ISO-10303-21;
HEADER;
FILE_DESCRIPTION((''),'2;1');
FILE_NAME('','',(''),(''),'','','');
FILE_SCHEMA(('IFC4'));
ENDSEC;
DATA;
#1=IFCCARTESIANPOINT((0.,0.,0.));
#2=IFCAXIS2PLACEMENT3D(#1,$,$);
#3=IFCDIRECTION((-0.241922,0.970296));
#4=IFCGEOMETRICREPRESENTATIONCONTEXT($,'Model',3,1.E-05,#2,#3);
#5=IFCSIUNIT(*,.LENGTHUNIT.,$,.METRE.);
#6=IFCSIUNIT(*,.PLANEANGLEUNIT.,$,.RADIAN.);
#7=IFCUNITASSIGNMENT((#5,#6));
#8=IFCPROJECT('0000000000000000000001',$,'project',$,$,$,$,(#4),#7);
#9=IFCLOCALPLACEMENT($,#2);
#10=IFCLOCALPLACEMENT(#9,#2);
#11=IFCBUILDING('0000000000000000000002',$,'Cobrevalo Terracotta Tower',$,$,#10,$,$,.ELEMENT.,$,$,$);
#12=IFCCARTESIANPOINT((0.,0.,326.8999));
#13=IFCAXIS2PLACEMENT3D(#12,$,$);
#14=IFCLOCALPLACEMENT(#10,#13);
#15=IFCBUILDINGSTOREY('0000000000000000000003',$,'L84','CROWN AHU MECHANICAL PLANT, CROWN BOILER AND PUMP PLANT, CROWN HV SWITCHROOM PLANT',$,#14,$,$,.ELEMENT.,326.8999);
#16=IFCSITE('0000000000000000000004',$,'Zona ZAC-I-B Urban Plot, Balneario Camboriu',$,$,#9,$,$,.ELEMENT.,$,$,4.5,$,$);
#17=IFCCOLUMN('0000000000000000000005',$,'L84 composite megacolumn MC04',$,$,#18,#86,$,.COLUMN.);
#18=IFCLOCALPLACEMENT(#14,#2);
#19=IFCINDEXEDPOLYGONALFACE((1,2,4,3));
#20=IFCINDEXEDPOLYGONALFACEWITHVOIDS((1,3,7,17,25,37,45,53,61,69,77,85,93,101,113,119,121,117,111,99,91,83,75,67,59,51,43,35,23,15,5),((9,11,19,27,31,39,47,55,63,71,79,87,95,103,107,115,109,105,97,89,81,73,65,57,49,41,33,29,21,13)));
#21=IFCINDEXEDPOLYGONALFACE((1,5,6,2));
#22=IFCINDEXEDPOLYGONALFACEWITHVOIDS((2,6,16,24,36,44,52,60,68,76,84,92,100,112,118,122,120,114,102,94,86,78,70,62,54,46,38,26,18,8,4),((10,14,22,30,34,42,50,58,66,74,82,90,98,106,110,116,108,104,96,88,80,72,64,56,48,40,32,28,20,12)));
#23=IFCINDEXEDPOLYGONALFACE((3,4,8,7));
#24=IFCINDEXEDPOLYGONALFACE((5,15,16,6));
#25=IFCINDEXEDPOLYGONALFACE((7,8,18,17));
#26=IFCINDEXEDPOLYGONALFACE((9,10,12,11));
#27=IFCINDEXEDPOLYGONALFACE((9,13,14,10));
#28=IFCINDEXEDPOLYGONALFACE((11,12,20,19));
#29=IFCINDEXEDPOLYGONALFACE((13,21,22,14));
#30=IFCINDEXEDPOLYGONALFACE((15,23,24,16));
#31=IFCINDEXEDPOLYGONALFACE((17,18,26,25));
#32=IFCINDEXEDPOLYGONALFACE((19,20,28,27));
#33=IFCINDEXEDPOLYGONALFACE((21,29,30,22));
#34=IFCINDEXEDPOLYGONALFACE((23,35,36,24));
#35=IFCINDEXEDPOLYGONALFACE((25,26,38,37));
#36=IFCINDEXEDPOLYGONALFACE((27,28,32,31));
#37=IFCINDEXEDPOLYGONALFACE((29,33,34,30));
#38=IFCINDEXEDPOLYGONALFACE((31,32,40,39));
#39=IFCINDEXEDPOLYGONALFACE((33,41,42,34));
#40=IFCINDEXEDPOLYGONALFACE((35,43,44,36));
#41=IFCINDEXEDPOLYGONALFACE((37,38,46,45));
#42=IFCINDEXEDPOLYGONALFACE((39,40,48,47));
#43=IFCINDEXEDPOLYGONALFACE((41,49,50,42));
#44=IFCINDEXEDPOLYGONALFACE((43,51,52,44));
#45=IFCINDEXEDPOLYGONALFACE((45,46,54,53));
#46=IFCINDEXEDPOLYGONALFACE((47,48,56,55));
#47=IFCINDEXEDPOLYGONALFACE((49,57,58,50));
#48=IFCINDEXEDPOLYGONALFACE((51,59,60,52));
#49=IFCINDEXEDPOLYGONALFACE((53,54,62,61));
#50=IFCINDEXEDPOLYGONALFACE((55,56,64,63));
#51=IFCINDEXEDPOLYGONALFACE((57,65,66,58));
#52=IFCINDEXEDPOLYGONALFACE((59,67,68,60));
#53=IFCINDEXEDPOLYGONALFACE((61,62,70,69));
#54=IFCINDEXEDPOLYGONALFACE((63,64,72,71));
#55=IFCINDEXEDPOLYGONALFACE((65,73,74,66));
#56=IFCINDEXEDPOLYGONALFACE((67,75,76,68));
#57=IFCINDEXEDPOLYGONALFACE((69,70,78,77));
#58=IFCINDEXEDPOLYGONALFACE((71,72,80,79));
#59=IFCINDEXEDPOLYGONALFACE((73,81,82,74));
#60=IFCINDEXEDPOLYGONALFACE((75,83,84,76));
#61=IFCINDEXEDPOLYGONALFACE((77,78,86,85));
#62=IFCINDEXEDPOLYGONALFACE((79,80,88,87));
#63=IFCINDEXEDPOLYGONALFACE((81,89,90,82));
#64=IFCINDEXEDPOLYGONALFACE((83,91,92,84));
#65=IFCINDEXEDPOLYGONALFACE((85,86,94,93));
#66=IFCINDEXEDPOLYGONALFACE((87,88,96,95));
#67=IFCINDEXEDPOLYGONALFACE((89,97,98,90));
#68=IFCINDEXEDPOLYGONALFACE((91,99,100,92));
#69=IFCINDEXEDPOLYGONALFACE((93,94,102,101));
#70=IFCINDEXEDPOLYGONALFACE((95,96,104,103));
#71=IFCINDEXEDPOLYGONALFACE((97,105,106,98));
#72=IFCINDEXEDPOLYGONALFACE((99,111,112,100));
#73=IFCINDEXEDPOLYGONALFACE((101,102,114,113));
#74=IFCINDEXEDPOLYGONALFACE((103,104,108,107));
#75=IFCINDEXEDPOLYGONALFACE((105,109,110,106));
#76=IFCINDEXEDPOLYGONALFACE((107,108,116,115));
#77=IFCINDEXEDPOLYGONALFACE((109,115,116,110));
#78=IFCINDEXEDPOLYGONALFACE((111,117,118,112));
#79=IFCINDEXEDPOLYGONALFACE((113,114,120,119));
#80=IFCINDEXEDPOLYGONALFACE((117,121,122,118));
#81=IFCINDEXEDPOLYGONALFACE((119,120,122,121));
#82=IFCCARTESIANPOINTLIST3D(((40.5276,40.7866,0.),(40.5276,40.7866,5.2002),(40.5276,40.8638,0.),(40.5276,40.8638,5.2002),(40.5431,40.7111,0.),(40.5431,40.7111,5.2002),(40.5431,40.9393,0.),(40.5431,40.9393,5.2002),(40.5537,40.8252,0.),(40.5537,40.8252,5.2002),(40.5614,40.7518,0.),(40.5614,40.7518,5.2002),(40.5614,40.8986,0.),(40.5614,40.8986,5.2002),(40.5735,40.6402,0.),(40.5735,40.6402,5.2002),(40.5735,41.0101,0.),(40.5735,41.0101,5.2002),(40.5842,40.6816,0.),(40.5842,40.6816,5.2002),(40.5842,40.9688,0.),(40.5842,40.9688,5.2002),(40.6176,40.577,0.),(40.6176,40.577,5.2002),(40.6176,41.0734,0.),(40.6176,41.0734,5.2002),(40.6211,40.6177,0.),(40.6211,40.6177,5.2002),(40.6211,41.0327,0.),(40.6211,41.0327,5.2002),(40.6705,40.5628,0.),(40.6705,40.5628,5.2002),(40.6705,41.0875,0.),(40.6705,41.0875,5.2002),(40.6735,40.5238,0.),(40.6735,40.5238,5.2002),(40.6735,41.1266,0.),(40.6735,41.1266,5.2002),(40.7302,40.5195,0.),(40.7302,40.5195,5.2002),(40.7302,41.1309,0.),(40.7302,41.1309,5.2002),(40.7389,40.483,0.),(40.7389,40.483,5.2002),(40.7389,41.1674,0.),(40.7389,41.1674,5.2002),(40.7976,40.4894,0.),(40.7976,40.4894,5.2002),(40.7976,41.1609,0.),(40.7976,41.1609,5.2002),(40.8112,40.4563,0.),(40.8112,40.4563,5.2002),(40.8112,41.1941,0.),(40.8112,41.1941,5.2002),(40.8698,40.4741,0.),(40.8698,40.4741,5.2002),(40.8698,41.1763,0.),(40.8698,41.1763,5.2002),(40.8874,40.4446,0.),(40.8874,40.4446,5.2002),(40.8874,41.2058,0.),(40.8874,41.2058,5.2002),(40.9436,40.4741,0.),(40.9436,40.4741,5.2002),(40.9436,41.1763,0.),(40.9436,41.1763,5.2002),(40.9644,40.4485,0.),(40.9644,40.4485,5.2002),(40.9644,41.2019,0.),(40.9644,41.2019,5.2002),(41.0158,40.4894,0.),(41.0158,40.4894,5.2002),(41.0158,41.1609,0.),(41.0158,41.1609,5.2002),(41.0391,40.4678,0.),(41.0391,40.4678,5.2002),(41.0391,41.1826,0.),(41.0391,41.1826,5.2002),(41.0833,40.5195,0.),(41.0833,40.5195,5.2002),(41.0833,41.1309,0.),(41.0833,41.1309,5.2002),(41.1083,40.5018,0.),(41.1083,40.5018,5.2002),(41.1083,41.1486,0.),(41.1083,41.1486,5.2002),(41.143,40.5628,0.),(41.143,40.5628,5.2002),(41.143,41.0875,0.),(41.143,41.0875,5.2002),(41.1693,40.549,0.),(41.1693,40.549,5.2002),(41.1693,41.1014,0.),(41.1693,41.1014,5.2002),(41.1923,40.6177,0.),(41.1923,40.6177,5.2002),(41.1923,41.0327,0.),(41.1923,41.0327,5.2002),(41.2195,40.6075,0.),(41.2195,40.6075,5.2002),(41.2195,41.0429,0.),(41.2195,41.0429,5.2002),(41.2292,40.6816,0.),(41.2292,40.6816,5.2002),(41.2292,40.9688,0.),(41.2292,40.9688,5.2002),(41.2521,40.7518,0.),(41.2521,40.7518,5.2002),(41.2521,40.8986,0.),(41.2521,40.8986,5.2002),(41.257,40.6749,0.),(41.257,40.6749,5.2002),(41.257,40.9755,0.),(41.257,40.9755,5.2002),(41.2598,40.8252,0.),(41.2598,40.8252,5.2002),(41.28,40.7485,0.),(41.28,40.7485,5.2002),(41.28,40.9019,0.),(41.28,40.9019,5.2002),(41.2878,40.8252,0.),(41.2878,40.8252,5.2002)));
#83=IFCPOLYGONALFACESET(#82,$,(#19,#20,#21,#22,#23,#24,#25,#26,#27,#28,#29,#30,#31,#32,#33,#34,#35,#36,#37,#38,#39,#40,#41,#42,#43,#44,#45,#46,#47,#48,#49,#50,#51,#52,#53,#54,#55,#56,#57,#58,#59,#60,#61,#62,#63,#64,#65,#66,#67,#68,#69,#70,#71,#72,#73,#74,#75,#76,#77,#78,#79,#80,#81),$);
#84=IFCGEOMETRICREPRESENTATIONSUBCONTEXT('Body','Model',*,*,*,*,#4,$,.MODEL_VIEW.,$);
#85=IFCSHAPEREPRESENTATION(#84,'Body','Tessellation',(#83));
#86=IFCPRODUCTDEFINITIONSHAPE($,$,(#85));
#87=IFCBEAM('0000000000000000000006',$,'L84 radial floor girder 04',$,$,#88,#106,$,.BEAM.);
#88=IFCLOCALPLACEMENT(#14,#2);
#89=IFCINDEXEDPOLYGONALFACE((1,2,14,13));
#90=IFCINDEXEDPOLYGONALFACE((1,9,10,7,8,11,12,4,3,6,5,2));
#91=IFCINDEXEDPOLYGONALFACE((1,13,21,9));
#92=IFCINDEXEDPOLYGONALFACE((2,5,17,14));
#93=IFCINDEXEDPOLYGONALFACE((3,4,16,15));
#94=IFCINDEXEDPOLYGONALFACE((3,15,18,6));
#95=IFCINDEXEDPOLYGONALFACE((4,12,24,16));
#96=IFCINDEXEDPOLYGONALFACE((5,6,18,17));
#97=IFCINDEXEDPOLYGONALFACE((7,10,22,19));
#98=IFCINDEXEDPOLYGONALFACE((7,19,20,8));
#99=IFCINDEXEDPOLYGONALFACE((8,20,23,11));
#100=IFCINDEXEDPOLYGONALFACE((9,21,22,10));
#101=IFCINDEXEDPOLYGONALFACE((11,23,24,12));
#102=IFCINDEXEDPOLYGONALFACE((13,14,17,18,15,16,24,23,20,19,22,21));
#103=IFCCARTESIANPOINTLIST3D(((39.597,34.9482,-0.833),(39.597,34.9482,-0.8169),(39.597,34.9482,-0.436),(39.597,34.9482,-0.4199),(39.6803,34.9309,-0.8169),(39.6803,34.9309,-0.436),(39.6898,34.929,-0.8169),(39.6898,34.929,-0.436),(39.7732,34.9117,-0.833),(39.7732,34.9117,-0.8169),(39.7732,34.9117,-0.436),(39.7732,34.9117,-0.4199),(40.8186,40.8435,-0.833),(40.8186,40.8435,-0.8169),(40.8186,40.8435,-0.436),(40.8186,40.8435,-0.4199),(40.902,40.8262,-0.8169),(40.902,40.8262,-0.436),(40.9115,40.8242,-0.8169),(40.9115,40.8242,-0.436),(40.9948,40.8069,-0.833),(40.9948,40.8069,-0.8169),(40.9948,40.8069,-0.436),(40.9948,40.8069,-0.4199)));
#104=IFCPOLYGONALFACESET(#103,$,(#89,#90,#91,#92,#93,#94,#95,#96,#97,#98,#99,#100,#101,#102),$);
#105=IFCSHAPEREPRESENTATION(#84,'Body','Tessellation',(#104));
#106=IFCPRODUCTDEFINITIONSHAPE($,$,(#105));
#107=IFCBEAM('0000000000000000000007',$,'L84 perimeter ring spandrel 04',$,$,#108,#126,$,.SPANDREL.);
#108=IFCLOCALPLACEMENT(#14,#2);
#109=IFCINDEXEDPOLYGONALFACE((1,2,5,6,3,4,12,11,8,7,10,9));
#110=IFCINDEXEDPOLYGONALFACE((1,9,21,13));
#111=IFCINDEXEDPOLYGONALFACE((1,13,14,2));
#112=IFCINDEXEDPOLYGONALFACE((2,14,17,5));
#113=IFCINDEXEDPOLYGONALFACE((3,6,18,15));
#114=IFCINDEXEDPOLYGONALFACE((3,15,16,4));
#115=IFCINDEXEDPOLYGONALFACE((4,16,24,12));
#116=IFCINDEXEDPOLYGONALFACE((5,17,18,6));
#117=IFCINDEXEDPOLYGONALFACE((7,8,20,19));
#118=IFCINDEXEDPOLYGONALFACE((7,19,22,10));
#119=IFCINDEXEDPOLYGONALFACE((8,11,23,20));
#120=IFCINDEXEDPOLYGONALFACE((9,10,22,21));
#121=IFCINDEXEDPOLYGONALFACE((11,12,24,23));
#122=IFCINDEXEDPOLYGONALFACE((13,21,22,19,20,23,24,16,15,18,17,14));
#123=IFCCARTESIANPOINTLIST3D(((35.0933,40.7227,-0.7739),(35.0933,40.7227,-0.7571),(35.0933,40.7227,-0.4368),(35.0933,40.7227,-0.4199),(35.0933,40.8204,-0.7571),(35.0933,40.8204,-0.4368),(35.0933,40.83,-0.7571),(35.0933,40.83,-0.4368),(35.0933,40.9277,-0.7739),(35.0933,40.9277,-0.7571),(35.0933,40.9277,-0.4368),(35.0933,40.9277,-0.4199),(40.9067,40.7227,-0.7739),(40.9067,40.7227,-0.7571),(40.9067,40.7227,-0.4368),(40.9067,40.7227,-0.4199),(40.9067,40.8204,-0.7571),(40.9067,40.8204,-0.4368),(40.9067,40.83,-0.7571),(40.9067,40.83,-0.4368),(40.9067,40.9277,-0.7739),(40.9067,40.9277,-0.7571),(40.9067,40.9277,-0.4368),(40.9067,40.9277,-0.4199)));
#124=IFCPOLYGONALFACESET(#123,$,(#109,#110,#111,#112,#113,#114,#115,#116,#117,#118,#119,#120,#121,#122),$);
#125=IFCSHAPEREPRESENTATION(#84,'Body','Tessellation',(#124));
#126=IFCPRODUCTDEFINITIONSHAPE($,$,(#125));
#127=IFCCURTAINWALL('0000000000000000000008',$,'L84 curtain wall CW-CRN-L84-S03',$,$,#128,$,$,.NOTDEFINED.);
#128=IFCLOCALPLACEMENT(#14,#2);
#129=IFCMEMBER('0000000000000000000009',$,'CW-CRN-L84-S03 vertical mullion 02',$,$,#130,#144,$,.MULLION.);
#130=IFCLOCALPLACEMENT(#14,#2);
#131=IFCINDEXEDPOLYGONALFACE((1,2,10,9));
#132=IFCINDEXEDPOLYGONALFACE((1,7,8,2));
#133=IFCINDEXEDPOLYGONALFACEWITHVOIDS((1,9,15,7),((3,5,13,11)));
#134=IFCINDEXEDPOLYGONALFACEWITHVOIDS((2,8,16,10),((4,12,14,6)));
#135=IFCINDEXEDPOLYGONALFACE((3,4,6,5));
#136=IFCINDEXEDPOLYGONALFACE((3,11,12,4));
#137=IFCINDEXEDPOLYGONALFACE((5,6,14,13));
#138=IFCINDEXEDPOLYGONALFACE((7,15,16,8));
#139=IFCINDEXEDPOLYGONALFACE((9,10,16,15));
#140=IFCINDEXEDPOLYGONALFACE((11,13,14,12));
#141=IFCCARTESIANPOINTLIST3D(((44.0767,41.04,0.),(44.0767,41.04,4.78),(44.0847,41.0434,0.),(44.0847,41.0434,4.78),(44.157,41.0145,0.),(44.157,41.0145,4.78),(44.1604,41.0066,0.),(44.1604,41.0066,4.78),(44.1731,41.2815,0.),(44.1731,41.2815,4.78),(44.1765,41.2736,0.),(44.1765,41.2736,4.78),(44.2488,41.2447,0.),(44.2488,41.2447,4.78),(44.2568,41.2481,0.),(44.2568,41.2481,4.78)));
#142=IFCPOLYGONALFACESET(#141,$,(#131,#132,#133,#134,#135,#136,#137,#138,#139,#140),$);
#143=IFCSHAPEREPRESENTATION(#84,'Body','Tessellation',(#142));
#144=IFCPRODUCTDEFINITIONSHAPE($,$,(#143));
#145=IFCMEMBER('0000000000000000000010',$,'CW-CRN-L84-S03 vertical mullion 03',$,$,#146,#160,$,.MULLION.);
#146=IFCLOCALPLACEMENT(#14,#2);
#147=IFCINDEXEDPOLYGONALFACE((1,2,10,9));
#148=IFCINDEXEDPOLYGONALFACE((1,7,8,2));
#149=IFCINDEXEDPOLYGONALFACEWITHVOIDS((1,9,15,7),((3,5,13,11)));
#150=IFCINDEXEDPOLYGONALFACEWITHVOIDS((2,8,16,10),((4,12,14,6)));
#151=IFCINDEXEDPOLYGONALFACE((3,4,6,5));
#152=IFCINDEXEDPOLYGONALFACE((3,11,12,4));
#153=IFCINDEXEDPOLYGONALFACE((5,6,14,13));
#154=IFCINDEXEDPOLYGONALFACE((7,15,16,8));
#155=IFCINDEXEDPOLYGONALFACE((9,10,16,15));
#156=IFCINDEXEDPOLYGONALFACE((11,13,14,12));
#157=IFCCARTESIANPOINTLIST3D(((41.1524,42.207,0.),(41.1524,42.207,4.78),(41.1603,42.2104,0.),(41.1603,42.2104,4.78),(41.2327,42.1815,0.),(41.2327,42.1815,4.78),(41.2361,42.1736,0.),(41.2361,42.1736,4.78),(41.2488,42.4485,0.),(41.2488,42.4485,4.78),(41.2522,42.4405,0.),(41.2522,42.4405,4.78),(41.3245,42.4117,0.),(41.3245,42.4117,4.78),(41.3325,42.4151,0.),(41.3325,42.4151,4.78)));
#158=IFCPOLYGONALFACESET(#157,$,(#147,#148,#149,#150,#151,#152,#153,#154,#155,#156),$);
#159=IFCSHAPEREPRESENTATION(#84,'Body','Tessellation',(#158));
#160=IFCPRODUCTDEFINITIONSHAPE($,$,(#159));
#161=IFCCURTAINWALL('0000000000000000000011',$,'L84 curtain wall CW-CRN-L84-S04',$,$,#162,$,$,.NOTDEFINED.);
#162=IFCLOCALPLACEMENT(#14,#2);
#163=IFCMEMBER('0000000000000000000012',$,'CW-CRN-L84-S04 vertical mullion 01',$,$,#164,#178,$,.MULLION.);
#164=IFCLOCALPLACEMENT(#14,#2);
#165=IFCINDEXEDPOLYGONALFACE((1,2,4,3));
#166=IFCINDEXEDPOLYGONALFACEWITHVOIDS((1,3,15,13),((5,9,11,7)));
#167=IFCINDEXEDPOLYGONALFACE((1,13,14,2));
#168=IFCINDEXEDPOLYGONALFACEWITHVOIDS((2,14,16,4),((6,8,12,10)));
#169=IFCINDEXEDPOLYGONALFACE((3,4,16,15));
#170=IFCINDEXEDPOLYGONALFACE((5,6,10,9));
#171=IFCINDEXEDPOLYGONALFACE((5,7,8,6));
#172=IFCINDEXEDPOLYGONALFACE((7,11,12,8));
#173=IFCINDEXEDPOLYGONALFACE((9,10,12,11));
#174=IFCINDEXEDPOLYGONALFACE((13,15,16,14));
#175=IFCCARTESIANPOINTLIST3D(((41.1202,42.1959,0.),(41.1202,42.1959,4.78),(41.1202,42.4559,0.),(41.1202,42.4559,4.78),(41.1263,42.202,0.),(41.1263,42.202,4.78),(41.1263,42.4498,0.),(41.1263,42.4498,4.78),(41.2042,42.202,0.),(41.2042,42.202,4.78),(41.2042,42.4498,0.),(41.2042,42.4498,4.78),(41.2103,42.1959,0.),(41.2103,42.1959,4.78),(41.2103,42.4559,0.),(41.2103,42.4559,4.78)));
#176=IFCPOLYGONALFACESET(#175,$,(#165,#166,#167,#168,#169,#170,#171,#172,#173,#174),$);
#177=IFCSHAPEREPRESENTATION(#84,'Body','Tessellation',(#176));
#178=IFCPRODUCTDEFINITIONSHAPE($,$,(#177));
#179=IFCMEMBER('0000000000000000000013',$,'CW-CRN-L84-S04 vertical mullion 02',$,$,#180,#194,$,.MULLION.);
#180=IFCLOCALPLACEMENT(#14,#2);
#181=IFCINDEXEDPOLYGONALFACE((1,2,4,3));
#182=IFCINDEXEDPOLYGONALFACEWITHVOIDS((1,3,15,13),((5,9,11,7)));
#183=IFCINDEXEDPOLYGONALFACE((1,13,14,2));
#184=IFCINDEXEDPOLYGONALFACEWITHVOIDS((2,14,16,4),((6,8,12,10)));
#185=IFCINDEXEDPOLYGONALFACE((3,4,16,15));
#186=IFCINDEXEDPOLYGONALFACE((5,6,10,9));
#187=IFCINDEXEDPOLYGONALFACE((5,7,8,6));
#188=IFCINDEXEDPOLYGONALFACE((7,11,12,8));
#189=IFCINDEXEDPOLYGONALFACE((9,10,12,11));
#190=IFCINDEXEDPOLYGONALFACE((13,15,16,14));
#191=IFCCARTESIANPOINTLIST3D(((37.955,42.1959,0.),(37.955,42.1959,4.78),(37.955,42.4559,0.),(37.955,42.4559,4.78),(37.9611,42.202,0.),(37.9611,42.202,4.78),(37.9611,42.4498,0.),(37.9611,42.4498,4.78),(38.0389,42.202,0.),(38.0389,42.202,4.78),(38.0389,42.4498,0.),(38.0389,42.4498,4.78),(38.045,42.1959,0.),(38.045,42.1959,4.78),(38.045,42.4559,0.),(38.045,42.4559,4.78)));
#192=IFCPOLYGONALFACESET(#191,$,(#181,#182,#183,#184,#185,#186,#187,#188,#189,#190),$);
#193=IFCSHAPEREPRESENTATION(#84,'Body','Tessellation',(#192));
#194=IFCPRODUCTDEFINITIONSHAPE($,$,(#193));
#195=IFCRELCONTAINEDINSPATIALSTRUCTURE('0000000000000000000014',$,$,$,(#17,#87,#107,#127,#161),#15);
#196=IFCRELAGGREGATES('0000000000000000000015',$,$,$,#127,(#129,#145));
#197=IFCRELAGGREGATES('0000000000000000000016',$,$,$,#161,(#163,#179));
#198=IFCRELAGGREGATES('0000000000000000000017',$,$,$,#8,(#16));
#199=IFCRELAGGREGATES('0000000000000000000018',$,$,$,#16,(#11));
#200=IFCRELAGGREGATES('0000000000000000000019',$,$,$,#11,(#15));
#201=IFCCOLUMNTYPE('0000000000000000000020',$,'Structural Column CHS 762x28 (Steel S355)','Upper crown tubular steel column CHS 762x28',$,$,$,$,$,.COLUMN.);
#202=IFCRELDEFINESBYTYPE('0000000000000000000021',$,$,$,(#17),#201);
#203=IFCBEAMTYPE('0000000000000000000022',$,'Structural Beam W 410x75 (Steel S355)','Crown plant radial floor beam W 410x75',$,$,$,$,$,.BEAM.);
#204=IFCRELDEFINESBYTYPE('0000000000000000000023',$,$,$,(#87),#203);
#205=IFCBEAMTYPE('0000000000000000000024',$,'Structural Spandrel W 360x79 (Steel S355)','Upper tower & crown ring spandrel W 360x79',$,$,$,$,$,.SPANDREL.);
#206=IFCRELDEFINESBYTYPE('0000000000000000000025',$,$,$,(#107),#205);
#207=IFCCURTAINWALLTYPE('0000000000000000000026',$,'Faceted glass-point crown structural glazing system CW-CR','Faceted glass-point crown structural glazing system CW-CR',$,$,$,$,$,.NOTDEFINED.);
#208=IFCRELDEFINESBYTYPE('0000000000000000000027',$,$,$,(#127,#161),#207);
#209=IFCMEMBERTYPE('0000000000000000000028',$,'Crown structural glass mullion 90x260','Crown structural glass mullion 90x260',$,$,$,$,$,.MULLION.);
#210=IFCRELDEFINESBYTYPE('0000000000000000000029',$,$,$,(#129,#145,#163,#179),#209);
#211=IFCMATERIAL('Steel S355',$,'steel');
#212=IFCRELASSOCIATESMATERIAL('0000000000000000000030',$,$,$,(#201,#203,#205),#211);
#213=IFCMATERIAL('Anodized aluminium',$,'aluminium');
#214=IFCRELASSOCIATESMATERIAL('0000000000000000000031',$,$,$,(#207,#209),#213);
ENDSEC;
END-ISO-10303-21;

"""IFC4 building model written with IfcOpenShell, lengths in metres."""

from ifc_helpers import new_model, si_unit, direction, frame, origin, origin_2d, place, context, subcontext, project, spatial, hollow_rectangle, hollow_circle, i_section, extrude, source, transform, mapped, material, material_profile, profile_set, type_object, element, aggregate, save


model = new_model("IFC4")

# Units and contexts
model_context = context("Model", 3, precision=1e-05, world=origin(), true_north=direction((-0.241922, 0.970296)))
body_context = subcontext(model_context, "Body", "Model", "MODEL_VIEW")
ifc_project = project(units=[si_unit("LENGTHUNIT", "METRE"), si_unit("PLANEANGLEUNIT", "RADIAN")], contexts=[model_context])

# Site, building, storey
site_placement = place(None, origin())
site = spatial("IfcSite", under=ifc_project, at=site_placement, Name="Zona ZAC-I-B Urban Plot, Balneario Camboriu", CompositionType="ELEMENT", RefElevation=4.5)
building_placement = place(site_placement, origin())
building = spatial("IfcBuilding", under=site, at=building_placement, Name="Cobrevalo Terracotta Tower", CompositionType="ELEMENT")
storey_placement = place(building_placement, frame((0.0, 0.0, 326.8999)))
storey = spatial("IfcBuildingStorey", under=building, at=storey_placement, Name="L84", Description="CROWN AHU MECHANICAL PLANT, CROWN BOILER AND PUMP PLANT, CROWN HV SWITCHROOM PLANT", CompositionType="ELEMENT", Elevation=326.8999)

# Column
ifc_material_1 = material(Name="Steel S355", Category="steel")
ifc_material_profile_1 = material_profile(ifc_material_1, hollow_circle(Radius=0.3811, WallThickness=0.0281, at=origin_2d()), Name="CHS 762x28")
ifc_profile_set_1 = profile_set([ifc_material_profile_1], Name="Steel S355")
column_type = type_object("IfcColumnType", Name="Structural Column CHS 762x28 (Steel S355)", Description="Upper crown tubular steel column CHS 762x28", PredefinedType="COLUMN", material=ifc_profile_set_1)
column_placement = place(storey_placement, frame((40.9067, 40.8252, 0.0), z_axis=(0.0, 0.0, 1.0), x_axis=(1.0, 0.0, 0.0)))
element("IfcColumn", 1, at=column_placement, inside=storey, type_object=column_type, Name="L84 composite megacolumn MC04", PredefinedType="COLUMN", context=body_context, shape_type="SweptSolid", body=[
    extrude(hollow_circle(Radius=0.3811, WallThickness=0.0281, at=origin_2d()), origin(), (0.0, 0.0, 1.0), 5.2002),
])

# Beams
ifc_material_profile_2 = material_profile(ifc_material_1, i_section(OverallWidth=0.1799, OverallDepth=0.4131, WebThickness=0.0098, FlangeThickness=0.0161, at=origin_2d()), Name="W 410x75")
ifc_profile_set_2 = profile_set([ifc_material_profile_2], Name="Steel S355")
beam_type_1 = type_object("IfcBeamType", Name="Structural Beam W 410x75 (Steel S355)", Description="Crown plant radial floor beam W 410x75", PredefinedType="BEAM", material=ifc_profile_set_2)
beam_1_placement = place(storey_placement, frame((40.9067, 40.8252, -0.6265), z_axis=(-0.202919, -0.979195, 0.0), x_axis=(0.979195, -0.202919, 0.0)))
element("IfcBeam", 2, at=beam_1_placement, inside=storey, type_object=beam_type_1, Name="L84 radial floor girder 04", PredefinedType="BEAM", context=body_context, shape_type="SweptSolid", body=[
    extrude(i_section(OverallWidth=0.1799, OverallDepth=0.4131, WebThickness=0.0098, FlangeThickness=0.0161, at=origin_2d()), origin(), (0.0, 0.0, 1.0), 6.0205),
])
ifc_material_profile_3 = material_profile(ifc_material_1, i_section(OverallWidth=0.2051, OverallDepth=0.354, WebThickness=0.0095, FlangeThickness=0.0168, at=origin_2d()), Name="W 360x79")
ifc_profile_set_3 = profile_set([ifc_material_profile_3], Name="Steel S355")
beam_type_2 = type_object("IfcBeamType", Name="Structural Spandrel W 360x79 (Steel S355)", Description="Upper tower & crown ring spandrel W 360x79", PredefinedType="SPANDREL", material=ifc_profile_set_3)
beam_2_placement = place(storey_placement, frame((40.9067, 40.8252, -0.5969), z_axis=(-1.0, 0.0, 0.0), x_axis=(0.0, -1.0, 0.0)))
element("IfcBeam", 3, at=beam_2_placement, inside=storey, type_object=beam_type_2, Name="L84 perimeter ring spandrel 04", PredefinedType="SPANDREL", context=body_context, shape_type="SweptSolid", body=[
    extrude(i_section(OverallWidth=0.2051, OverallDepth=0.354, WebThickness=0.0095, FlangeThickness=0.0168, at=origin_2d()), origin(), (0.0, 0.0, 1.0), 5.8135),
])

# Curtain walls, members
ifc_material_2 = material(Name="Anodized aluminium", Category="aluminium")
curtain_wall_type = type_object("IfcCurtainWallType", Name="Faceted glass-point crown structural glazing system CW-CR", Description="Faceted glass-point crown structural glazing system CW-CR", PredefinedType="NOTDEFINED", material=ifc_material_2)
curtain_wall_1_placement = place(storey_placement, origin())
curtain_wall_1 = element("IfcCurtainWall", 4, at=curtain_wall_1_placement, inside=storey, type_object=curtain_wall_type, Name="L84 curtain wall CW-CRN-L84-S03", PredefinedType="NOTDEFINED")
ifc_material_profile_4 = material_profile(ifc_material_2, hollow_rectangle(XDim=0.0901, YDim=0.26, WallThickness=0.0061, at=origin_2d()), Name="CWM 90x260")
ifc_profile_set_4 = profile_set([ifc_material_profile_4], Name="Anodized aluminium")
member_type_1 = type_object("IfcMemberType", Name="Crown structural glass mullion 90x260", Description="Crown structural glass mullion 90x260", PredefinedType="MULLION", material=ifc_profile_set_4)
shared_shape_1 = source(origin(), body_context, "Body", "SweptSolid", [
    extrude(hollow_rectangle(XDim=0.0901, YDim=0.26, WallThickness=0.0061, at=origin_2d()), origin(), (0.0, 0.0, 1.0), 4.78),
])
member_1_placement = place(storey_placement, frame((44.1667, 41.144, 0.0), z_axis=(0.0, 0.0, 1.0), x_axis=(-0.928771, 0.370655, 0.0)))
member_1 = element("IfcMember", 5, at=member_1_placement, type_object=member_type_1, Name="CW-CRN-L84-S03 vertical mullion 02", PredefinedType="MULLION", context=body_context, shape_type="MappedRepresentation", body=[
    mapped(shared_shape_1, transform((0.0, 0.0, 0.0), scale=1.0)),
])
member_2_placement = place(storey_placement, frame((41.2424, 42.311, 0.0), z_axis=(0.0, 0.0, 1.0), x_axis=(-0.928771, 0.370655, 0.0)))
member_2 = element("IfcMember", 6, at=member_2_placement, type_object=member_type_1, Name="CW-CRN-L84-S03 vertical mullion 03", PredefinedType="MULLION", context=body_context, shape_type="MappedRepresentation", body=[
    mapped(shared_shape_1, transform((0.0, 0.0, 0.0), scale=1.0)),
])
curtain_wall_2_placement = place(storey_placement, origin())
curtain_wall_2 = element("IfcCurtainWall", 7, at=curtain_wall_2_placement, inside=storey, type_object=curtain_wall_type, Name="L84 curtain wall CW-CRN-L84-S04", PredefinedType="NOTDEFINED")
member_3_placement = place(storey_placement, frame((41.1653, 42.3259, 0.0), z_axis=(0.0, 0.0, 1.0), x_axis=(-1.0, 0.0, 0.0)))
member_3 = element("IfcMember", 8, at=member_3_placement, type_object=member_type_1, Name="CW-CRN-L84-S04 vertical mullion 01", PredefinedType="MULLION", context=body_context, shape_type="MappedRepresentation", body=[
    mapped(shared_shape_1, transform((0.0, 0.0, 0.0), scale=1.0)),
])
member_4_placement = place(storey_placement, frame((38.0, 42.3259, 0.0), z_axis=(0.0, 0.0, 1.0), x_axis=(-1.0, 0.0, 0.0)))
member_4 = element("IfcMember", 9, at=member_4_placement, type_object=member_type_1, Name="CW-CRN-L84-S04 vertical mullion 02", PredefinedType="MULLION", context=body_context, shape_type="MappedRepresentation", body=[
    mapped(shared_shape_1, transform((0.0, 0.0, 0.0), scale=1.0)),
])

aggregate(curtain_wall_1, [member_1, member_2])
aggregate(curtain_wall_2, [member_3, member_4])

save(model, "model.ifc")
